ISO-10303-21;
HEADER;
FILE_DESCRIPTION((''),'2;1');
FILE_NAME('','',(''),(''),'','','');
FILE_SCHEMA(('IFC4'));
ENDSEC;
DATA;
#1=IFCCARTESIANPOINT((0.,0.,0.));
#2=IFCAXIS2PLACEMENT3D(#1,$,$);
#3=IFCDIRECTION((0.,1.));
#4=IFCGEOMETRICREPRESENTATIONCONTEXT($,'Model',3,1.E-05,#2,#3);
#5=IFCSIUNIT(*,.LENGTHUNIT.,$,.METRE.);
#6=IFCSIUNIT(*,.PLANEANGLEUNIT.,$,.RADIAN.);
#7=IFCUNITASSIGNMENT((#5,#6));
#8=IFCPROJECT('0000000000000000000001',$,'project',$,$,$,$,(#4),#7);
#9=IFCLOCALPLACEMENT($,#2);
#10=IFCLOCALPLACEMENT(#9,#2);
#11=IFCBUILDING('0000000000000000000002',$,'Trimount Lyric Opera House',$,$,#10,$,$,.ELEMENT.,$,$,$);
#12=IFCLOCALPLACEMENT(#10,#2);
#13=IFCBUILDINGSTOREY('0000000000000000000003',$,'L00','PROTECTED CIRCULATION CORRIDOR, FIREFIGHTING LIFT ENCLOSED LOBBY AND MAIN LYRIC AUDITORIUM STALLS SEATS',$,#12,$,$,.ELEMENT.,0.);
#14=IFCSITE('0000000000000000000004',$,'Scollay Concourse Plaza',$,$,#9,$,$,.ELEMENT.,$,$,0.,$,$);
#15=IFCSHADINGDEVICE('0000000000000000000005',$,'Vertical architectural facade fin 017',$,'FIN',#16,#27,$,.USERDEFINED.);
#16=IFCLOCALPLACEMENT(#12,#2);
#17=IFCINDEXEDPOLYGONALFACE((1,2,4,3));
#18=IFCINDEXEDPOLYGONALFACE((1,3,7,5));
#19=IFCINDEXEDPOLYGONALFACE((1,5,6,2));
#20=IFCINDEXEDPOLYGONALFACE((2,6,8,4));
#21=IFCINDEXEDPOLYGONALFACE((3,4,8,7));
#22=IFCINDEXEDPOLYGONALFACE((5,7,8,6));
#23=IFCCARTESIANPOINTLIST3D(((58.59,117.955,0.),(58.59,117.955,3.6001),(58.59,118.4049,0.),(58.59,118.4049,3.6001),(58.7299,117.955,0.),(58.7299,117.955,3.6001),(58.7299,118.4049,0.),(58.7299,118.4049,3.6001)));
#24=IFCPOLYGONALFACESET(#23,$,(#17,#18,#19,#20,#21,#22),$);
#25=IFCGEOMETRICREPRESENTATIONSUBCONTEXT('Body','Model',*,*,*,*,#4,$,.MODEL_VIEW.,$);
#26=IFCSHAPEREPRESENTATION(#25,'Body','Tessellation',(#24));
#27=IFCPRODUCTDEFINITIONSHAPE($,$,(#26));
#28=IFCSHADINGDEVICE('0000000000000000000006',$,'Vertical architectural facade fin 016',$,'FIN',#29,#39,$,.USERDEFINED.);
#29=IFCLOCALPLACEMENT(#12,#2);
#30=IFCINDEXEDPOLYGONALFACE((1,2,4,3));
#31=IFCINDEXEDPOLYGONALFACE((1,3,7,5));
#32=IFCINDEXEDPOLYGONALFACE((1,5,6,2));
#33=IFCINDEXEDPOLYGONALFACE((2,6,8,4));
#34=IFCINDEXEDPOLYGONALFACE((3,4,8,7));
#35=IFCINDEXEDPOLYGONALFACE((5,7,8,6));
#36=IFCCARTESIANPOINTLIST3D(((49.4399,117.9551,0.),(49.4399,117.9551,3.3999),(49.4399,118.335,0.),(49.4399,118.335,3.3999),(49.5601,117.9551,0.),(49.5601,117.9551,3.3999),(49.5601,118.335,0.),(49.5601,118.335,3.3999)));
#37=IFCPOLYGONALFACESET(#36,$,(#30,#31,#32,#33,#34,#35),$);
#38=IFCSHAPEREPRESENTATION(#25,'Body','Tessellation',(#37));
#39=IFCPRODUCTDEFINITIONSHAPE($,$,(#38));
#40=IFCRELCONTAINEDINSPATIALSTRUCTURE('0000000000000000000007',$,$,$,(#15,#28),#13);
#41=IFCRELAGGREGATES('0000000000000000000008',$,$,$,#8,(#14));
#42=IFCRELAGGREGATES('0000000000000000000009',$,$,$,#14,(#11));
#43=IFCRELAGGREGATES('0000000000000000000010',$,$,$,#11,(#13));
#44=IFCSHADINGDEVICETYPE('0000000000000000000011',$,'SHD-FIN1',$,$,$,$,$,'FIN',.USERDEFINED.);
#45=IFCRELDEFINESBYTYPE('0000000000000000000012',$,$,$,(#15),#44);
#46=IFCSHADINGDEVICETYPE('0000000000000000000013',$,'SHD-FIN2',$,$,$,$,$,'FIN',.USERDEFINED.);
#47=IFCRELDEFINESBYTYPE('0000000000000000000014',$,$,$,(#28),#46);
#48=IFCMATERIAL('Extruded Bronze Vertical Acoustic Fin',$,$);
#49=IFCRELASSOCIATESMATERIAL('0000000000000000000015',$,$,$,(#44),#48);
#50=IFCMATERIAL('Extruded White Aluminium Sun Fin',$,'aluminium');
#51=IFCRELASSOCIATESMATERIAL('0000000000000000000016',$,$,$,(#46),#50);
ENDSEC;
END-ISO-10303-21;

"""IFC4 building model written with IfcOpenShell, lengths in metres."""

from ifc_helpers import new_model, si_unit, direction, frame, origin, origin_2d, place, context, subcontext, project, spatial, rectangle, extrude, material, type_object, element, save


model = new_model("IFC4")

# Units and contexts
model_context = context("Model", 3, precision=1e-05, world=origin(), true_north=direction((0.0, 1.0)))
body_context = subcontext(model_context, "Body", "Model", "MODEL_VIEW")
ifc_project = project(units=[si_unit("LENGTHUNIT", "METRE"), si_unit("PLANEANGLEUNIT", "RADIAN")], contexts=[model_context])

# Site, building, storey
site_placement = place(None, origin())
site = spatial("IfcSite", under=ifc_project, at=site_placement, Name="Scollay Concourse Plaza", CompositionType="ELEMENT", RefElevation=0.0)
building_placement = place(site_placement, origin())
building = spatial("IfcBuilding", under=site, at=building_placement, Name="Trimount Lyric Opera House", CompositionType="ELEMENT")
storey_placement = place(building_placement, origin())
storey = spatial("IfcBuildingStorey", under=building, at=storey_placement, Name="L00", Description="PROTECTED CIRCULATION CORRIDOR, FIREFIGHTING LIFT ENCLOSED LOBBY AND MAIN LYRIC AUDITORIUM STALLS SEATS", CompositionType="ELEMENT", Elevation=0.0)

# Shading devices
ifc_material_1 = material(Name="Extruded Bronze Vertical Acoustic Fin")
shading_device_type_1 = type_object("IfcShadingDeviceType", Name="SHD-FIN1", ElementType="FIN", PredefinedType="USERDEFINED", material=ifc_material_1)
shading_device_1_placement = place(storey_placement, frame((58.6599, 118.1799, 0.0), z_axis=(0.0, 0.0, 1.0), x_axis=(1.0, 0.0, 0.0)))
element("IfcShadingDevice", 1, at=shading_device_1_placement, inside=storey, type_object=shading_device_type_1, Name="Vertical architectural facade fin 017", ObjectType="FIN", PredefinedType="USERDEFINED", context=body_context, shape_type="SweptSolid", body=[
    extrude(rectangle(XDim=0.1399, YDim=0.45, at=origin_2d()), origin(), (0.0, 0.0, 1.0), 3.6001),
])
ifc_material_2 = material(Name="Extruded White Aluminium Sun Fin", Category="aluminium")
shading_device_type_2 = type_object("IfcShadingDeviceType", Name="SHD-FIN2", ElementType="FIN", PredefinedType="USERDEFINED", material=ifc_material_2)
shading_device_2_placement = place(storey_placement, frame((49.5, 118.145, 0.0), z_axis=(0.0, 0.0, 1.0), x_axis=(1.0, 0.0, 0.0)))
element("IfcShadingDevice", 2, at=shading_device_2_placement, inside=storey, type_object=shading_device_type_2, Name="Vertical architectural facade fin 016", ObjectType="FIN", PredefinedType="USERDEFINED", context=body_context, shape_type="SweptSolid", body=[
    extrude(rectangle(XDim=0.1201, YDim=0.3799, at=origin_2d()), origin(), (0.0, 0.0, 1.0), 3.3999),
])

save(model, "model.ifc")
